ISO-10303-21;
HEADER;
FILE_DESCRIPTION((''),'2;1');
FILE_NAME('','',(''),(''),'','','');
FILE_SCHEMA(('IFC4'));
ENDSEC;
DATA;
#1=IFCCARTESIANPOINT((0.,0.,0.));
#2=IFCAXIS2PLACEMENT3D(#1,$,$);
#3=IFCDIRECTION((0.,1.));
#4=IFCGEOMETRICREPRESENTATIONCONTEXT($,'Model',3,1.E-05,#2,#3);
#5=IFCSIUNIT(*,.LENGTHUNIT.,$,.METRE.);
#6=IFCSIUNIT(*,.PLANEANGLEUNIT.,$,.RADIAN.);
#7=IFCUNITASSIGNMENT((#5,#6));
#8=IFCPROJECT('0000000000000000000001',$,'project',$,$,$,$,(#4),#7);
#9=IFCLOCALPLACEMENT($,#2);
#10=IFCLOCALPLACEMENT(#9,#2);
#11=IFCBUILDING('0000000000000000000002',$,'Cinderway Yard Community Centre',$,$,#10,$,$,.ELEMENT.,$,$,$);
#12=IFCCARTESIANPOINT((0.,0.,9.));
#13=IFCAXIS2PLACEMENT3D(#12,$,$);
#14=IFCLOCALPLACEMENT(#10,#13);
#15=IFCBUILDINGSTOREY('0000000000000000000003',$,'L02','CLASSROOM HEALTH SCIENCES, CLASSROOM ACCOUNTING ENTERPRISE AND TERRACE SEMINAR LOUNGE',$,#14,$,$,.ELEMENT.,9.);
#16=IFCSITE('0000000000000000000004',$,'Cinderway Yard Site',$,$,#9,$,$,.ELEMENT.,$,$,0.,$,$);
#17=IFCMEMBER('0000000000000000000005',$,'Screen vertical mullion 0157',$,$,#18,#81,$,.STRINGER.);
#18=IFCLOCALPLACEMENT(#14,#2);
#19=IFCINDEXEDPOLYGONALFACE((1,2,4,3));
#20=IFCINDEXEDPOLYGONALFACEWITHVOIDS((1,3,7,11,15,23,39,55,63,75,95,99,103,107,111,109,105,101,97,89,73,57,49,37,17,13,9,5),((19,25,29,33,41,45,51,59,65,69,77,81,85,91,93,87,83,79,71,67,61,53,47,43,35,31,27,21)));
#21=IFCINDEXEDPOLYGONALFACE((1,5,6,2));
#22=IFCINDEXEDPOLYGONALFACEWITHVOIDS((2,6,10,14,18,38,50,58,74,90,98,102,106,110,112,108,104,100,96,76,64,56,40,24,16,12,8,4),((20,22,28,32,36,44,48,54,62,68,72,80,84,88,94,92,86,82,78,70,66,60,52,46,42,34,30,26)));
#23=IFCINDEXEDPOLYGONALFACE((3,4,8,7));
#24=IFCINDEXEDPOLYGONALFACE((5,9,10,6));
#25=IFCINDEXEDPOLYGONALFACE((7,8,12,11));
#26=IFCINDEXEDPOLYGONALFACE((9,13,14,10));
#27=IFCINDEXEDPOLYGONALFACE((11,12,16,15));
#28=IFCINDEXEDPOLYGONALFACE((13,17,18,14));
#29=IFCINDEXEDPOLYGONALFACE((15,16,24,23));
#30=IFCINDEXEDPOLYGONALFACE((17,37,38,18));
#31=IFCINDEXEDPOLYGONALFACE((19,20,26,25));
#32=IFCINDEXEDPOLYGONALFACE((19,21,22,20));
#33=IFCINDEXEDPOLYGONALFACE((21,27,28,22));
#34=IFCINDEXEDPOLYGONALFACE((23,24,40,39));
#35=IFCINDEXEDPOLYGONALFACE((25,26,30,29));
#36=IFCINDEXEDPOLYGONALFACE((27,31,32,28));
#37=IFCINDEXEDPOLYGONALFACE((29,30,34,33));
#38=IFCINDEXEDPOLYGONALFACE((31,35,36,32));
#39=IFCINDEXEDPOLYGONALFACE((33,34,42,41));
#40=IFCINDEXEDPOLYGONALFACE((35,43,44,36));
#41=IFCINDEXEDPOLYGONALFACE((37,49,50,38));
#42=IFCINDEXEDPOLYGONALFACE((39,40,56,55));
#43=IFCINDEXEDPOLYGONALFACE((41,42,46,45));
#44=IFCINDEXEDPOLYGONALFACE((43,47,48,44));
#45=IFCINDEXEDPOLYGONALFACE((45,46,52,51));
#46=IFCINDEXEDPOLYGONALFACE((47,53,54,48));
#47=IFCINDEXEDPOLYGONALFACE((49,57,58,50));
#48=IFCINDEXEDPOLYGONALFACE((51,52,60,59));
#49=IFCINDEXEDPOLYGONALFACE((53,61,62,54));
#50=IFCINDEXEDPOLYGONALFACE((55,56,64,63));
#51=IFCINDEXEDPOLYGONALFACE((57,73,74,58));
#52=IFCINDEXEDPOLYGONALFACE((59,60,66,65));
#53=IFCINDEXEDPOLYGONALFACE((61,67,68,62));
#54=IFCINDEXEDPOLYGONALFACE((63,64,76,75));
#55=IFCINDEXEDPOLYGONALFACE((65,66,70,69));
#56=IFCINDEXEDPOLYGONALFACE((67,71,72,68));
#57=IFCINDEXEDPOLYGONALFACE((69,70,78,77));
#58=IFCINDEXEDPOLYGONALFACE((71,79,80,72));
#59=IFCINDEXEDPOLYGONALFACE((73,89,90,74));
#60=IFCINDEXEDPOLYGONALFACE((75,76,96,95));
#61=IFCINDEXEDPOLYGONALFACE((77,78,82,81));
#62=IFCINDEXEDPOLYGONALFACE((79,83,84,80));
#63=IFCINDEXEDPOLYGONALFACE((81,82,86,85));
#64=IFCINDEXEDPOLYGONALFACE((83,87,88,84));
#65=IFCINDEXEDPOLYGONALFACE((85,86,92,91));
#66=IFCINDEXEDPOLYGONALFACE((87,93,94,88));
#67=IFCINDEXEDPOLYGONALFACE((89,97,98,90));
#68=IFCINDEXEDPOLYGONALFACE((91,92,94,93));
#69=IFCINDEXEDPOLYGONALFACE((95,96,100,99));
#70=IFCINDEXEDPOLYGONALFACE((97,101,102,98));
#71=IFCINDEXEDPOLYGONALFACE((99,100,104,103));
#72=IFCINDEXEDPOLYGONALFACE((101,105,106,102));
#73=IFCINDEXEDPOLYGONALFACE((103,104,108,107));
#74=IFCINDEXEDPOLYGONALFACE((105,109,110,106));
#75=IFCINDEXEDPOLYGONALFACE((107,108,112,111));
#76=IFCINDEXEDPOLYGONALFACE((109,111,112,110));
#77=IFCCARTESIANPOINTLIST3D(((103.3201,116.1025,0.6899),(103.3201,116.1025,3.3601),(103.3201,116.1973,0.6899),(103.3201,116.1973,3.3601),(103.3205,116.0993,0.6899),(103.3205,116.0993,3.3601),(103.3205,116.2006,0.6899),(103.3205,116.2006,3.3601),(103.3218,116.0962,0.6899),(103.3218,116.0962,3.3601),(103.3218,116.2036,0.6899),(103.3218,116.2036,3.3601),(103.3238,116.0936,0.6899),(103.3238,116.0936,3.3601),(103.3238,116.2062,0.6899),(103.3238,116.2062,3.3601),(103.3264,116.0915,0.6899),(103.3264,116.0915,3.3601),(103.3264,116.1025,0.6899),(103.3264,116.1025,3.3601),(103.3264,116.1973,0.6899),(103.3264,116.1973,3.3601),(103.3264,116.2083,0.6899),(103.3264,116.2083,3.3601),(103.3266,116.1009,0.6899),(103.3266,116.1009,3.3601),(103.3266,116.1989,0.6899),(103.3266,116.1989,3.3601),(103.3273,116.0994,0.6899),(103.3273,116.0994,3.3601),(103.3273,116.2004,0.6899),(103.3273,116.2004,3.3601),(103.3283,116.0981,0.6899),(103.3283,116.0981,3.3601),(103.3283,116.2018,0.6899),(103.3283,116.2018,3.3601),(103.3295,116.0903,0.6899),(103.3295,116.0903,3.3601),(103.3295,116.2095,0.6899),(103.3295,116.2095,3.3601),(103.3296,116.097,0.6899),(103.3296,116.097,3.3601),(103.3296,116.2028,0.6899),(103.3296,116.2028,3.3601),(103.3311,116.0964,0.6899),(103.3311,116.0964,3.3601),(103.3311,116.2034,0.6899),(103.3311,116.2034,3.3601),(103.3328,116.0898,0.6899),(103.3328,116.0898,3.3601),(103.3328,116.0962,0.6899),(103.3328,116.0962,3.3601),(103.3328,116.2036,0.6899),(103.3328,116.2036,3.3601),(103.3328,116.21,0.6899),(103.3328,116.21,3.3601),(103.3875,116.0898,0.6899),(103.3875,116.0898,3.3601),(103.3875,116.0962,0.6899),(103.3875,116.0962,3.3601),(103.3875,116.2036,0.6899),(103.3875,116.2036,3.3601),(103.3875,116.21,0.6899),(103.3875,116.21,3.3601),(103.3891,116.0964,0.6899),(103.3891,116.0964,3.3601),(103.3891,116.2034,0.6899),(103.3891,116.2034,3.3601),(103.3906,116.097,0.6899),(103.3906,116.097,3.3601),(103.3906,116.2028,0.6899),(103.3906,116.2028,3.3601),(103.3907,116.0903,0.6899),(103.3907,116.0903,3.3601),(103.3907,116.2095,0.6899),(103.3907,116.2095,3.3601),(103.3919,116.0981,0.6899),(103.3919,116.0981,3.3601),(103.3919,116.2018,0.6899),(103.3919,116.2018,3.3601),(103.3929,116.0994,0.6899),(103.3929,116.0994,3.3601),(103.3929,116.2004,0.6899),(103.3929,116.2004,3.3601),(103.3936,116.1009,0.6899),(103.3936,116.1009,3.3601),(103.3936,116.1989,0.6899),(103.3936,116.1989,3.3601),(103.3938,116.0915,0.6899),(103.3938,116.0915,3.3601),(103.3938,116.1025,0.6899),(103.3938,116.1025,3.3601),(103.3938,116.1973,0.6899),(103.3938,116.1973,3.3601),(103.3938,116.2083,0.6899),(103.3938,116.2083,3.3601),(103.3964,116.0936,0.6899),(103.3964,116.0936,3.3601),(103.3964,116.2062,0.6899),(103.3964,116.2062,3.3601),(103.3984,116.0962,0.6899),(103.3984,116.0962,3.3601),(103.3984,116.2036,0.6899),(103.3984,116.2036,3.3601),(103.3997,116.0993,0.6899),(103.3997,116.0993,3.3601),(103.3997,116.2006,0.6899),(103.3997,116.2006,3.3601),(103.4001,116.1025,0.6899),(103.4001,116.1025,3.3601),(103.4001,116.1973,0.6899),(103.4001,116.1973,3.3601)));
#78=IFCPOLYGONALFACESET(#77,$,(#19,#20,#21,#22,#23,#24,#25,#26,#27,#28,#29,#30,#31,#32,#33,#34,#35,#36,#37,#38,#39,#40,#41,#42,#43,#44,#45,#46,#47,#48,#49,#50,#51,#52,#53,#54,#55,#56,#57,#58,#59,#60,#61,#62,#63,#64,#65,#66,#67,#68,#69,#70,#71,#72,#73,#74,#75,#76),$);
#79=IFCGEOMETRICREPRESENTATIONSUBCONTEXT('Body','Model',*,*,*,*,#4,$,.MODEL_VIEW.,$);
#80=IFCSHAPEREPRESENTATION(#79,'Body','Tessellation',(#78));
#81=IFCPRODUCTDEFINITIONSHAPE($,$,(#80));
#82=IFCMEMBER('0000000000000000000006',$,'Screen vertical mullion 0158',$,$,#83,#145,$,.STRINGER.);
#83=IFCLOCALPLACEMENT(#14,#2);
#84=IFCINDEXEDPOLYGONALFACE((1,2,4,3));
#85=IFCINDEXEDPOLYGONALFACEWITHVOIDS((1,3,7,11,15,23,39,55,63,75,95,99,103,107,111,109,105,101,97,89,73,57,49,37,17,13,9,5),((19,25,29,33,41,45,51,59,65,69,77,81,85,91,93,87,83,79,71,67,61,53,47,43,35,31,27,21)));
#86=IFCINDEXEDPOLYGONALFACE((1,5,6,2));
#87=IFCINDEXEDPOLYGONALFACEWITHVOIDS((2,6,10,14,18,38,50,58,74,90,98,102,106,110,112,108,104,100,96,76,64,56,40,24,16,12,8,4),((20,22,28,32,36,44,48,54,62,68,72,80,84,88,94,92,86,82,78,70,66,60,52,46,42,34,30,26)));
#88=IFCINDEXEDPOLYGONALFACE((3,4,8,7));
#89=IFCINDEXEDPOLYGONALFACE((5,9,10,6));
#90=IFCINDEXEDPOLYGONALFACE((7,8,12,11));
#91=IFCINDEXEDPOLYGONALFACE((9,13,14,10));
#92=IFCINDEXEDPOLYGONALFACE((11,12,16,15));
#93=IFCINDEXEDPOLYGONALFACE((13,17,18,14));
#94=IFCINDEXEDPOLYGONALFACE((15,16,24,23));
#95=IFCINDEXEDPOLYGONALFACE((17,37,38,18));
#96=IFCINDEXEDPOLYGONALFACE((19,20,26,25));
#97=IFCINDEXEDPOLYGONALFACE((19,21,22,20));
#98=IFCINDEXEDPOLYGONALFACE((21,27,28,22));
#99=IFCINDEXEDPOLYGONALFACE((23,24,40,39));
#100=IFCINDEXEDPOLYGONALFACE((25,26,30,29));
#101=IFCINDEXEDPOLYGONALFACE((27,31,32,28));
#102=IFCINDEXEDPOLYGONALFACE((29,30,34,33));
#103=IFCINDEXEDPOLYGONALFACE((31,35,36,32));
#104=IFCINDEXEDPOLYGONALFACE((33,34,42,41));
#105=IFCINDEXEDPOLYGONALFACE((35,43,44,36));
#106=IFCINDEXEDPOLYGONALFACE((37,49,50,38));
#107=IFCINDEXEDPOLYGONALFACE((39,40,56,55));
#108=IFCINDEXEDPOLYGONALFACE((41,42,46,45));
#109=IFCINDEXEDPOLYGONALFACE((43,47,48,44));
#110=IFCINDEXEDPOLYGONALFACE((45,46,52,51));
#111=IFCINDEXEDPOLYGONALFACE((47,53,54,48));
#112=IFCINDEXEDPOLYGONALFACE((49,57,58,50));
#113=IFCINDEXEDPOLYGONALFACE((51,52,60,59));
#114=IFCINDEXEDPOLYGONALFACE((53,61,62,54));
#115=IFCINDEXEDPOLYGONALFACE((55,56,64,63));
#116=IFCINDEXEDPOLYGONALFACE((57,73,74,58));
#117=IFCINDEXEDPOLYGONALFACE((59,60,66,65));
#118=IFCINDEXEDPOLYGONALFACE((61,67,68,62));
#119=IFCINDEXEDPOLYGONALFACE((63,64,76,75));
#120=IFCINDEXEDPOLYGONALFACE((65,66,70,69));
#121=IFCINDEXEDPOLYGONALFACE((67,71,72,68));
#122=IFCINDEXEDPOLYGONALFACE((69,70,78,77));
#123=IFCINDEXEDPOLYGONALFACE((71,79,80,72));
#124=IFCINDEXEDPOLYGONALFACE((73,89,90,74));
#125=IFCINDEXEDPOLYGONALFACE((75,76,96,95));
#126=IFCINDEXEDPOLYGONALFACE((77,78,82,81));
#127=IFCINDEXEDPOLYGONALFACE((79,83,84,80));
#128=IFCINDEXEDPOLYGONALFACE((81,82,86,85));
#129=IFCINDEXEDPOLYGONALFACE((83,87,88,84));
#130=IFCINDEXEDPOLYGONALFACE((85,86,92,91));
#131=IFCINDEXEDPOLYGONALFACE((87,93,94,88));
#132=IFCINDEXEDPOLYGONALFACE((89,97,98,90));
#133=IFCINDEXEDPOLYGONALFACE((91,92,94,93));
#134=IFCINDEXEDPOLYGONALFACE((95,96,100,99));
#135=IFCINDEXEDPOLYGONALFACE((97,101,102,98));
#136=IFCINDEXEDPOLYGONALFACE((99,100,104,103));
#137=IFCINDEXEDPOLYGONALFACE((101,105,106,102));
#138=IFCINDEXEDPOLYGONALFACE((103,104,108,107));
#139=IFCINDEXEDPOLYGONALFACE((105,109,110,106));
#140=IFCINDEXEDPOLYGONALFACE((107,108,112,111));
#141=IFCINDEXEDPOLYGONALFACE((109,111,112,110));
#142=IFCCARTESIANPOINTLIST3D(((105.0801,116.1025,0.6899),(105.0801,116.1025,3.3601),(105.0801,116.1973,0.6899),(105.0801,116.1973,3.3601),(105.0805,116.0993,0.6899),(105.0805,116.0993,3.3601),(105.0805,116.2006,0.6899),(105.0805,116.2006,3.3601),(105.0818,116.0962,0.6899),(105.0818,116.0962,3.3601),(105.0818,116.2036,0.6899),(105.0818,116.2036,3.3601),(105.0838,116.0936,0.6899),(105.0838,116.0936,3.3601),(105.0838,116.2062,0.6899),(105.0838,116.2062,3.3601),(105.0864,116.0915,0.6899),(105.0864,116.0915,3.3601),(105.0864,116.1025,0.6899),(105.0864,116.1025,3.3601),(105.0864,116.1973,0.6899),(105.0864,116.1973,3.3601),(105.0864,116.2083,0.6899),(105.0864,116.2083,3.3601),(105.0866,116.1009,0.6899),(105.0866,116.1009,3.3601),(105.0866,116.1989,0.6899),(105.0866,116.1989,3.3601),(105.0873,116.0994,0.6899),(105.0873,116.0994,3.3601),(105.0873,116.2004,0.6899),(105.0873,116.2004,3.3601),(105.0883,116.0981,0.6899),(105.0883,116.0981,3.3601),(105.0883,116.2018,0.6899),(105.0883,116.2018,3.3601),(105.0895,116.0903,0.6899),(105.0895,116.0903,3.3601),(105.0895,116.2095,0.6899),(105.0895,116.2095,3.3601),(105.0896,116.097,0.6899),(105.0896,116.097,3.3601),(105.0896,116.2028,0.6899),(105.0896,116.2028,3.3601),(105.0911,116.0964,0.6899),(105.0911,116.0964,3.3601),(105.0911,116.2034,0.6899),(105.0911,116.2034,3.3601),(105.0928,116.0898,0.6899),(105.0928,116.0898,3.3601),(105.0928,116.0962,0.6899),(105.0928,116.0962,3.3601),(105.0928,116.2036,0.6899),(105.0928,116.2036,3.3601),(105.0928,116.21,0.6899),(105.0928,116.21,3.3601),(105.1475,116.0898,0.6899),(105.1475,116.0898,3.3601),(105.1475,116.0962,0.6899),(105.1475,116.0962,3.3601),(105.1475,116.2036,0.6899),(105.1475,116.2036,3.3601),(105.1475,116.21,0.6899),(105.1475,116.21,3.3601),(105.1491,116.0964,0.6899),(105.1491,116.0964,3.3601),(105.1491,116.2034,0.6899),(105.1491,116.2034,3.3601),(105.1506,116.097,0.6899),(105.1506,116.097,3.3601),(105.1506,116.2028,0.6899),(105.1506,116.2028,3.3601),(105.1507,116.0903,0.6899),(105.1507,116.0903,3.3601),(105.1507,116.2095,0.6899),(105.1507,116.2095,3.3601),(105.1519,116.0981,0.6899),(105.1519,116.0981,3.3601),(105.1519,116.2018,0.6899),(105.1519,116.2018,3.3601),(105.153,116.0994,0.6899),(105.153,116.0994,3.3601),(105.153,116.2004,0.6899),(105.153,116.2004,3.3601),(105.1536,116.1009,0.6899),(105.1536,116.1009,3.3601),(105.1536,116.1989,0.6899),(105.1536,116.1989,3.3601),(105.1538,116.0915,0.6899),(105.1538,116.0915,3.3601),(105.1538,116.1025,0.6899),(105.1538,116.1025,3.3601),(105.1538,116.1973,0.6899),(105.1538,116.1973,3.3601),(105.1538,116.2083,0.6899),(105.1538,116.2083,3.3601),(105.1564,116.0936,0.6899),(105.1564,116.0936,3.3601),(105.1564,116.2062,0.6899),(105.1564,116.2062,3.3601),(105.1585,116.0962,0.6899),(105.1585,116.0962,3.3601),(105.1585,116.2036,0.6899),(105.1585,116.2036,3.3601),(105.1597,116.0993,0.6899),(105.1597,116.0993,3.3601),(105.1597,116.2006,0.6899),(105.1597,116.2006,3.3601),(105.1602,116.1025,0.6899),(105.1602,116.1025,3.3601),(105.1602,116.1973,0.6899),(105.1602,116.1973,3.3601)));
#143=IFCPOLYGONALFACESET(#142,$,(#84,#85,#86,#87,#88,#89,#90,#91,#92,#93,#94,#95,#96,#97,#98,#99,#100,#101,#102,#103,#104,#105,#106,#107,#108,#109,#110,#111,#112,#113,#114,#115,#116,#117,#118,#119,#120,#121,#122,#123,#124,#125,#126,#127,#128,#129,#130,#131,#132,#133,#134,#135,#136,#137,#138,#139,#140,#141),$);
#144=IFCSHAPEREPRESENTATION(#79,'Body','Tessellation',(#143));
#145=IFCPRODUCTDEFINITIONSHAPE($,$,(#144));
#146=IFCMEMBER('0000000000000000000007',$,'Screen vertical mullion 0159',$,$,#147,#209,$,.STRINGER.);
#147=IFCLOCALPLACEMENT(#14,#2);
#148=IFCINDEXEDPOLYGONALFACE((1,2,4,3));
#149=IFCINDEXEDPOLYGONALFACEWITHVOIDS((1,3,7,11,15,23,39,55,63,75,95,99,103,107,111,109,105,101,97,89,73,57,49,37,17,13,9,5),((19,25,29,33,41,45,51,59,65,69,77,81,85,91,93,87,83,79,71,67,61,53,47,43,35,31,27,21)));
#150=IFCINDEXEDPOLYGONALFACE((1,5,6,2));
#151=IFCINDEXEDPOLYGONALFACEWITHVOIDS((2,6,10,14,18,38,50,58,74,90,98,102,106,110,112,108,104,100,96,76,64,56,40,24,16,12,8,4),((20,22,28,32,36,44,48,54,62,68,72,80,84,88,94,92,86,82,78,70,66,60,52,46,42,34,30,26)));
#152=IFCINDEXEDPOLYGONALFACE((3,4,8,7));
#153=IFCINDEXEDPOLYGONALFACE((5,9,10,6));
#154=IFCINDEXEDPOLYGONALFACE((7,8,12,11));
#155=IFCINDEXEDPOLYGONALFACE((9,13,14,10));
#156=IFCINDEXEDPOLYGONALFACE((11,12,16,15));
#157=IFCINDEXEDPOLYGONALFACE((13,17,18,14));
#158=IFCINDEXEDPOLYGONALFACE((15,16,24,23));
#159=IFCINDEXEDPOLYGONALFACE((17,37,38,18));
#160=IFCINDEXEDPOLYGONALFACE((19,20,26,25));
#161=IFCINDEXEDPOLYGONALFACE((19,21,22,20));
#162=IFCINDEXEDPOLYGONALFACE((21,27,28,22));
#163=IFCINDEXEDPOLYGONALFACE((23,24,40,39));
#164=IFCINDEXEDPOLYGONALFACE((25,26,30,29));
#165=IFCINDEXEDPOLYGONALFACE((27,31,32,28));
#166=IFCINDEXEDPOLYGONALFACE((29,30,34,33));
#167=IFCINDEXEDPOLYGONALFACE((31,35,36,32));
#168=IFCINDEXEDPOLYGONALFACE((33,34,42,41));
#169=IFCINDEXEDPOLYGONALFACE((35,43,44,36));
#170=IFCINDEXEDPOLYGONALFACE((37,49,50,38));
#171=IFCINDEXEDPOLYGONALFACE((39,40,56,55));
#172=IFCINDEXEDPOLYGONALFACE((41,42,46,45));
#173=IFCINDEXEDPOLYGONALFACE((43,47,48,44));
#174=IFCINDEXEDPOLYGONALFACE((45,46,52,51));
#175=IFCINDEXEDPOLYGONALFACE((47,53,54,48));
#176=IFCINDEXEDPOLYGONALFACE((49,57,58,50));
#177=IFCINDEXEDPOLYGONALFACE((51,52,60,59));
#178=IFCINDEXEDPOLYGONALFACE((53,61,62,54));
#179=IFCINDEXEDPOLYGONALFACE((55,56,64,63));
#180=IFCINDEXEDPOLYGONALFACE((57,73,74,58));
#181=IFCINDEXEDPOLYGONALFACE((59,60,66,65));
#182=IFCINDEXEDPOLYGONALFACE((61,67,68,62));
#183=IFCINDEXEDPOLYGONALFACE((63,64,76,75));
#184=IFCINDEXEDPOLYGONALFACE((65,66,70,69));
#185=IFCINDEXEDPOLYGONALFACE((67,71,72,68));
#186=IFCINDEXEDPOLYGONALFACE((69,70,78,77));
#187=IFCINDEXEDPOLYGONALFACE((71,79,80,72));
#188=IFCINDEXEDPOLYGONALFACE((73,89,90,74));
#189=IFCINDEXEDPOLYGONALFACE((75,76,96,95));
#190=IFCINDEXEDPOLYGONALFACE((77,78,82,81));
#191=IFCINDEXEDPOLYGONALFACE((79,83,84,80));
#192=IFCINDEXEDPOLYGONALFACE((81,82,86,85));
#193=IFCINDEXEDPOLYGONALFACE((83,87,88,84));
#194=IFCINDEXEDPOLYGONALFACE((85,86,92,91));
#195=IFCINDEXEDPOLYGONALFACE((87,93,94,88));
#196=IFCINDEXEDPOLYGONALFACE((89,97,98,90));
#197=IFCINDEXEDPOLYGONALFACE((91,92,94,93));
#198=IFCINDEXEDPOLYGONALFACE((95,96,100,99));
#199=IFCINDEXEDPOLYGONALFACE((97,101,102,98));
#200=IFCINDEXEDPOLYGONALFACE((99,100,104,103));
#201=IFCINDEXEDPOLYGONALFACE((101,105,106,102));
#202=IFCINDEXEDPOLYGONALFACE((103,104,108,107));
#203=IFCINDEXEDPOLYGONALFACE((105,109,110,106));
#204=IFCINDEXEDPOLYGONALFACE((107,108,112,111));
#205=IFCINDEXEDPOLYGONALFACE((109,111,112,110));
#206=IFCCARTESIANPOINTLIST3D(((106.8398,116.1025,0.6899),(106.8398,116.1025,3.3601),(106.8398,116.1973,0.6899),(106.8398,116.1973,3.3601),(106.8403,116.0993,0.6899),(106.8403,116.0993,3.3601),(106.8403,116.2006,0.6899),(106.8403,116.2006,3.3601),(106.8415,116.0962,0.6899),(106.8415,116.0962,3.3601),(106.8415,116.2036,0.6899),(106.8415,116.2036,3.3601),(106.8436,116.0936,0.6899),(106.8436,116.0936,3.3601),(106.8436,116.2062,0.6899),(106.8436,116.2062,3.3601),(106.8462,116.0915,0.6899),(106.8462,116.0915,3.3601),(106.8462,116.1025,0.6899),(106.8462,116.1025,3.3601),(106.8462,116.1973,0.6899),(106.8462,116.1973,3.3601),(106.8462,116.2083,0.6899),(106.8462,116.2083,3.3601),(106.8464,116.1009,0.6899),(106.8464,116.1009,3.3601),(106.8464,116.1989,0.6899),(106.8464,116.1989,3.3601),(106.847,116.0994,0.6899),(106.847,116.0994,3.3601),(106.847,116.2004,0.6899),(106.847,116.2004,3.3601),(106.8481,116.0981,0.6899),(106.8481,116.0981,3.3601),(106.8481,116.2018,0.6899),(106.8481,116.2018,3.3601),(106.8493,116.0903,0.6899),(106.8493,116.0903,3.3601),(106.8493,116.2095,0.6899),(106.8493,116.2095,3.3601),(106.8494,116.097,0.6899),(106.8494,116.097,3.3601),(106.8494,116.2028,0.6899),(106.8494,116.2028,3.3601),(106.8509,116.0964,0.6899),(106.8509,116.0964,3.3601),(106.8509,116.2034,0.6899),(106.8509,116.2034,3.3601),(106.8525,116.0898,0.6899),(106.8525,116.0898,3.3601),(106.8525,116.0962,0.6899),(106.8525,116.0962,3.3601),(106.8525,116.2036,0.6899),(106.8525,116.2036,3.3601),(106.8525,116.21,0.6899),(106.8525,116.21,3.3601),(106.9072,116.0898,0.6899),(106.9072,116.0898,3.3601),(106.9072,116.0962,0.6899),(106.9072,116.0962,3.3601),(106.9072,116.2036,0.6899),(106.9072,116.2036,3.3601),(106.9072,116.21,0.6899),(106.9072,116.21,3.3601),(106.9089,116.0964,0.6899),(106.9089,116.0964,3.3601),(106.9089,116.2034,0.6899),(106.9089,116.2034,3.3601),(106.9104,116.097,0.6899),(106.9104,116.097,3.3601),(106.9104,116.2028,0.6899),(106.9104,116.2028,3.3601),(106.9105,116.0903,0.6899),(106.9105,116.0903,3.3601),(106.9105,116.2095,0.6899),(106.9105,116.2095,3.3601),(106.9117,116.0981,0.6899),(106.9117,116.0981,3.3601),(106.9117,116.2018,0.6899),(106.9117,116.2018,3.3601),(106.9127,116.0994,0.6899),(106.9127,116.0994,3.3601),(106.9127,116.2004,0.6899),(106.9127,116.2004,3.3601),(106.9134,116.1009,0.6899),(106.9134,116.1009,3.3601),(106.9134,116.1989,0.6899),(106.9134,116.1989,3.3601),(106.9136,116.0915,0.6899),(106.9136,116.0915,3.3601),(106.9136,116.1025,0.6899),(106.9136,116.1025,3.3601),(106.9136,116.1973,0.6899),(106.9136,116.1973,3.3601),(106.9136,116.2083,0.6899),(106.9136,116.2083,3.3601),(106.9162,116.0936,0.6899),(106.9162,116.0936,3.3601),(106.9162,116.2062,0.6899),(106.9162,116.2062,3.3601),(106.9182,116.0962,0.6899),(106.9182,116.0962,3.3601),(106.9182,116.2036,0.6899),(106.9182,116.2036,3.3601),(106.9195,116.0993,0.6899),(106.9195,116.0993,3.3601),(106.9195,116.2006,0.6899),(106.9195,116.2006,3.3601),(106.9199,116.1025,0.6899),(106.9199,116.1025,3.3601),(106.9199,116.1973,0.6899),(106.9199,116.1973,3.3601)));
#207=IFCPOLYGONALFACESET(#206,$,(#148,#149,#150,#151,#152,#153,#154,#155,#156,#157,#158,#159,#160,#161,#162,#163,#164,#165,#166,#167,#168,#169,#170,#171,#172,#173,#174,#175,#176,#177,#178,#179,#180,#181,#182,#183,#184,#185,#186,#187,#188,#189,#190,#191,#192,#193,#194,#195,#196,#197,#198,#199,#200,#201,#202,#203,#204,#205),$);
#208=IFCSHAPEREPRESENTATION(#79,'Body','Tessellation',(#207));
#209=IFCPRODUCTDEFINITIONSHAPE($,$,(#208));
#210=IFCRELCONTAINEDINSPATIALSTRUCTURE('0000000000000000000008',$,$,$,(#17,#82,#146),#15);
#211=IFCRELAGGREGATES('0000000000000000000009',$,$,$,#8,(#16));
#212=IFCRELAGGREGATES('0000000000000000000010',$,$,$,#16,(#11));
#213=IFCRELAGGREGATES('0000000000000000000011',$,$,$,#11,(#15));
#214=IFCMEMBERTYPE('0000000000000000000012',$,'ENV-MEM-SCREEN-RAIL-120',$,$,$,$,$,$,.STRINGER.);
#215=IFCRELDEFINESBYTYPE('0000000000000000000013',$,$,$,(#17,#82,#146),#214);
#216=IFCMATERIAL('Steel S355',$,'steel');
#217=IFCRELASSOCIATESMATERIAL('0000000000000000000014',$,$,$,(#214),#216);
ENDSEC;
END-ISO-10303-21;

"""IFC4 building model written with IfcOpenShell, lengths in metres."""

from ifc_helpers import new_model, si_unit, direction, frame, origin, origin_2d, place, context, subcontext, project, spatial, hollow_rectangle, extrude, material, material_profile, profile_set, type_object, element, save


model = new_model("IFC4")

# Units and contexts
model_context = context("Model", 3, precision=1e-05, world=origin(), true_north=direction((0.0, 1.0)))
body_context = subcontext(model_context, "Body", "Model", "MODEL_VIEW")
ifc_project = project(units=[si_unit("LENGTHUNIT", "METRE"), si_unit("PLANEANGLEUNIT", "RADIAN")], contexts=[model_context])

# Site, building, storey
site_placement = place(None, origin())
site = spatial("IfcSite", under=ifc_project, at=site_placement, Name="Cinderway Yard Site", CompositionType="ELEMENT", RefElevation=0.0)
building_placement = place(site_placement, origin())
building = spatial("IfcBuilding", under=site, at=building_placement, Name="Cinderway Yard Community Centre", CompositionType="ELEMENT")
storey_placement = place(building_placement, frame((0.0, 0.0, 9.0)))
storey = spatial("IfcBuildingStorey", under=building, at=storey_placement, Name="L02", Description="CLASSROOM HEALTH SCIENCES, CLASSROOM ACCOUNTING ENTERPRISE AND TERRACE SEMINAR LOUNGE", CompositionType="ELEMENT", Elevation=9.0)

# Members
ifc_material_1 = material(Name="Steel S355", Category="steel")
ifc_material_profile = material_profile(ifc_material_1, hollow_rectangle(XDim=0.0801, YDim=0.1201, WallThickness=0.0063, InnerFilletRadius=0.0063, OuterFilletRadius=0.0127, at=origin_2d()), Name="Steel S355")
ifc_profile_set = profile_set([ifc_material_profile], Name="Steel S355")
member_type = type_object("IfcMemberType", Name="ENV-MEM-SCREEN-RAIL-120", PredefinedType="STRINGER", material=ifc_profile_set)
for number, where, z_axis, x_axis, name in (
    (1, (103.3601, 116.1499, 0.6899), (0.0, 0.0, 1.0), (1.0, 0.0, 0.0), "Screen vertical mullion 0157"),
    (2, (105.1201, 116.1499, 0.6899), (0.0, 0.0, 1.0), (1.0, 0.0, 0.0), "Screen vertical mullion 0158"),
    (3, (106.8799, 116.1499, 0.6899), (0.0, 0.0, 1.0), (1.0, 0.0, 0.0), "Screen vertical mullion 0159"),
):
    element("IfcMember", number, at=place(storey_placement, frame(where, z_axis=z_axis, x_axis=x_axis)), inside=storey, type_object=member_type, Name=name, PredefinedType="STRINGER", context=body_context, shape_type="SweptSolid", body=[
        extrude(hollow_rectangle(XDim=0.0801, YDim=0.1201, WallThickness=0.0063, InnerFilletRadius=0.0063, OuterFilletRadius=0.0127, at=origin_2d()), origin(), (0.0, 0.0, 1.0), 2.6702),
    ])

save(model, "model.ifc")
